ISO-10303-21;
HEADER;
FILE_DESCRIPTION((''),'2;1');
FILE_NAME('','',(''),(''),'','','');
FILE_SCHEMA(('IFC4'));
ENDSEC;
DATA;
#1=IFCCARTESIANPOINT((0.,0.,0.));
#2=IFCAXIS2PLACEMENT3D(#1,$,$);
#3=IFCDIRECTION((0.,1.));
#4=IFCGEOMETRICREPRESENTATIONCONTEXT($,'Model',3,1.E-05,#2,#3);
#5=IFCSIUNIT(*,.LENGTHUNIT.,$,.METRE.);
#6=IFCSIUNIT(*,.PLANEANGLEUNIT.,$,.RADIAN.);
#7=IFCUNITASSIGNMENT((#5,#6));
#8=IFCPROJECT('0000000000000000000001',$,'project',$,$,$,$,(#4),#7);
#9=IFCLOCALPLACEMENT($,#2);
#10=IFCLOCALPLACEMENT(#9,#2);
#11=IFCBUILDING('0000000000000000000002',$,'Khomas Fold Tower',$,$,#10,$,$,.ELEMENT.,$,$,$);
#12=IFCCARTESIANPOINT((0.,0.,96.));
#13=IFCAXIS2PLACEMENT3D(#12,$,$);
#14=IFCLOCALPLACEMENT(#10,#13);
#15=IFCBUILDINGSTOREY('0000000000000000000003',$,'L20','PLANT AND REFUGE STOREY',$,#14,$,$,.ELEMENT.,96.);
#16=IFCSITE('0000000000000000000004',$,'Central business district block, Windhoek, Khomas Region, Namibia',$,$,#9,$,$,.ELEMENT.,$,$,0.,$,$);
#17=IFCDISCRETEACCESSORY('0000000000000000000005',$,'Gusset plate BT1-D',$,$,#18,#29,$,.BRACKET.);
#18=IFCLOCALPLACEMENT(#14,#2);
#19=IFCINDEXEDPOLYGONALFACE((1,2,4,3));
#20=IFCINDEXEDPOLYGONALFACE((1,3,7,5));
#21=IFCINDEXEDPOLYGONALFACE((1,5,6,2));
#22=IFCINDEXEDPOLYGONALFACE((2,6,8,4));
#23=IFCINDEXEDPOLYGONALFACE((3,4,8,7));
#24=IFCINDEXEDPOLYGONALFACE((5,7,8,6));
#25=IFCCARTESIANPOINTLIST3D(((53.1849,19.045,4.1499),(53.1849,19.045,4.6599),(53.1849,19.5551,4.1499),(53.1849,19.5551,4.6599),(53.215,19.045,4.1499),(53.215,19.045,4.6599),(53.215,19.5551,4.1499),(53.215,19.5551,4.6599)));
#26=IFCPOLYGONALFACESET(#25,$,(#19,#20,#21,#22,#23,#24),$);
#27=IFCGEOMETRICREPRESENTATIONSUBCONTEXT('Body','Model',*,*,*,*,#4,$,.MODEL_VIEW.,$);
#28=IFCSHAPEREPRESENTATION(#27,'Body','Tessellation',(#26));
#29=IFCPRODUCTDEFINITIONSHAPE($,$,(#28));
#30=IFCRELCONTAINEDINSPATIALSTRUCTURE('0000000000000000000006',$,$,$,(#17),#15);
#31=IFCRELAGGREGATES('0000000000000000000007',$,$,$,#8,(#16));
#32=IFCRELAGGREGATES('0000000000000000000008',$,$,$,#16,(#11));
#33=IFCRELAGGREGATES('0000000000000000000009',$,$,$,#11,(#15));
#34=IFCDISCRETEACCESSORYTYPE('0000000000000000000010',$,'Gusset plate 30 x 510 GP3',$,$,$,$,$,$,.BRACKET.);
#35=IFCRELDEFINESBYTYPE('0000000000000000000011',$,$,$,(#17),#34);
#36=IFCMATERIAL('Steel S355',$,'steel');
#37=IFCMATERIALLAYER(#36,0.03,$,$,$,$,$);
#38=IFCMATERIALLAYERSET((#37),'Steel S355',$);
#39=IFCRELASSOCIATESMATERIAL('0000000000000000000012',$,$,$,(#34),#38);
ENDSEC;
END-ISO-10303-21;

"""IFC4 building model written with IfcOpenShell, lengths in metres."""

from ifc_helpers import new_model, si_unit, direction, frame, origin, origin_2d, place, context, subcontext, project, spatial, rectangle, extrude, source, transform, mapped, material, layer, layer_set, type_object, element, save


model = new_model("IFC4")

# Units and contexts
model_context = context("Model", 3, precision=1e-05, world=origin(), true_north=direction((0.0, 1.0)))
body_context = subcontext(model_context, "Body", "Model", "MODEL_VIEW")
ifc_project = project(units=[si_unit("LENGTHUNIT", "METRE"), si_unit("PLANEANGLEUNIT", "RADIAN")], contexts=[model_context])

# Site, building, storey
site_placement = place(None, origin())
site = spatial("IfcSite", under=ifc_project, at=site_placement, Name="Central business district block, Windhoek, Khomas Region, Namibia", CompositionType="ELEMENT", RefElevation=0.0)
building_placement = place(site_placement, origin())
building = spatial("IfcBuilding", under=site, at=building_placement, Name="Khomas Fold Tower", CompositionType="ELEMENT")
storey_placement = place(building_placement, frame((0.0, 0.0, 96.0)))
storey = spatial("IfcBuildingStorey", under=building, at=storey_placement, Name="L20", Description="PLANT AND REFUGE STOREY", CompositionType="ELEMENT", Elevation=96.0)

# Discrete accessory
ifc_material_1 = material(Name="Steel S355", Category="steel")
ifc_layer_1 = layer(ifc_material_1, 0.03)
ifc_layer_set_1 = layer_set([ifc_layer_1], Name="Steel S355")
discrete_accessory_type = type_object("IfcDiscreteAccessoryType", Name="Gusset plate 30 x 510 GP3", PredefinedType="BRACKET", material=ifc_layer_set_1)
shared_shape_1 = source(origin(), body_context, "Body", "SweptSolid", [
    extrude(rectangle(XDim=0.51, YDim=0.03, at=origin_2d()), origin(), (0.0, 0.0, 1.0), 0.51),
])
for number, where, z_axis, x_axis, name in (
    (1, (53.2, 19.3, 4.1499), (0.0, 0.0, 1.0), (0.0, 1.0, 0.0), "Gusset plate BT1-D"),
):
    element("IfcDiscreteAccessory", number, at=place(storey_placement, frame(where, z_axis=z_axis, x_axis=x_axis)), inside=storey, type_object=discrete_accessory_type, Name=name, PredefinedType="BRACKET", context=body_context, shape_type="MappedRepresentation", body=[
        mapped(shared_shape_1, transform((0.0, 0.0, 0.0))),
    ])

save(model, "model.ifc")
